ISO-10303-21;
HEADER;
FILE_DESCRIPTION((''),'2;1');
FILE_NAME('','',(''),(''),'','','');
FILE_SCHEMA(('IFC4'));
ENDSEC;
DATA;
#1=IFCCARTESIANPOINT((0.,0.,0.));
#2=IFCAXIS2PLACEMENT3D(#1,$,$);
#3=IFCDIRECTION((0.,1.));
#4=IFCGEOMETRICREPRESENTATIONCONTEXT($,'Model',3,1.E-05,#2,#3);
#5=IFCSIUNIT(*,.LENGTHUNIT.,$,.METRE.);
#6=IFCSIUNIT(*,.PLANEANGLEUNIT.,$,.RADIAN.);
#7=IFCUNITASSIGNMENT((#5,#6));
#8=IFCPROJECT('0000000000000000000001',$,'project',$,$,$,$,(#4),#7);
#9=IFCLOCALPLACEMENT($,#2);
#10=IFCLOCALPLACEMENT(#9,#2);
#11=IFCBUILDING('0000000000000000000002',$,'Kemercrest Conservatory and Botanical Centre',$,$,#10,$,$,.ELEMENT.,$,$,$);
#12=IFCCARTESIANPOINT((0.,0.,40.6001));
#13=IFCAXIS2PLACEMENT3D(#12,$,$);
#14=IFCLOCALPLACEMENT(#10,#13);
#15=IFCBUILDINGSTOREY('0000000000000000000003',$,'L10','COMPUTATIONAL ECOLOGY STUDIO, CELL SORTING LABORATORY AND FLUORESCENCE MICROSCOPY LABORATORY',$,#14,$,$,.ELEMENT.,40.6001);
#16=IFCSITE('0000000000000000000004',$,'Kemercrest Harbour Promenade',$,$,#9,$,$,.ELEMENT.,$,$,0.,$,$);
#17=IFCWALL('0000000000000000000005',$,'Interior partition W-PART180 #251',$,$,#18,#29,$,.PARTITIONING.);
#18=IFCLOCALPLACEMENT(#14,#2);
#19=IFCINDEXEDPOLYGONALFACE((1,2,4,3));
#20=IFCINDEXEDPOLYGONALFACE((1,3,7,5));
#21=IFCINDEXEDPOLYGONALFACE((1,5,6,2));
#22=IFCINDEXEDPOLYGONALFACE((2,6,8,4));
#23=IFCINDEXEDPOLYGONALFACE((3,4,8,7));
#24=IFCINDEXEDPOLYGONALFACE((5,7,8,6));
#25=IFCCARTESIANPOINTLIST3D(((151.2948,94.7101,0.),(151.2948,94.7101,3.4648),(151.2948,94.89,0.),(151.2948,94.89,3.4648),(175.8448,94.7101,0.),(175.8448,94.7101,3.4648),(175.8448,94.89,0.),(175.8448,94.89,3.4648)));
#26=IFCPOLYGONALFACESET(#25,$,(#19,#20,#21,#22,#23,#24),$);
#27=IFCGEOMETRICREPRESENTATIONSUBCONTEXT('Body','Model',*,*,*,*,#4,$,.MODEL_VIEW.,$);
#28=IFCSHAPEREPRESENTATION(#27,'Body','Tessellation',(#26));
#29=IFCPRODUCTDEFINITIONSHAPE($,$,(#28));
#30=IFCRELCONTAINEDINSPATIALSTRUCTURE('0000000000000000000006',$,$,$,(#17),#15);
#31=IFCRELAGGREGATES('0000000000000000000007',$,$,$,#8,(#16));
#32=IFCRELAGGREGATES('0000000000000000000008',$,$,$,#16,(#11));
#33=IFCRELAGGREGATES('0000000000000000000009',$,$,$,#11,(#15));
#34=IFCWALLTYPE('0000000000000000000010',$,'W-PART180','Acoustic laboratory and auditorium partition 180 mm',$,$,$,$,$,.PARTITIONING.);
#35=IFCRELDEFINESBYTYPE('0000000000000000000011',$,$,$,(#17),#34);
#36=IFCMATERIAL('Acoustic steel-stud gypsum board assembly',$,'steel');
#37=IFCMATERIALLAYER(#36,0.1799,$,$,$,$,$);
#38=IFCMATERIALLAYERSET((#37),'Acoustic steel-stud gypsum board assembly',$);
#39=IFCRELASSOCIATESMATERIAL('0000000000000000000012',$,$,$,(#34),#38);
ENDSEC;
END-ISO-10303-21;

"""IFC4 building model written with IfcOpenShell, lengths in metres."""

from ifc_helpers import new_model, si_unit, direction, frame, frame_2d, origin, place, context, subcontext, project, spatial, rectangle, extrude, material, layer, layer_set, type_object, element, save


model = new_model("IFC4")

# Units and contexts
model_context = context("Model", 3, precision=1e-05, world=origin(), true_north=direction((0.0, 1.0)))
body_context = subcontext(model_context, "Body", "Model", "MODEL_VIEW")
ifc_project = project(units=[si_unit("LENGTHUNIT", "METRE"), si_unit("PLANEANGLEUNIT", "RADIAN")], contexts=[model_context])

# Site, building, storey
site_placement = place(None, origin())
site = spatial("IfcSite", under=ifc_project, at=site_placement, Name="Kemercrest Harbour Promenade", CompositionType="ELEMENT", RefElevation=0.0)
building_placement = place(site_placement, origin())
building = spatial("IfcBuilding", under=site, at=building_placement, Name="Kemercrest Conservatory and Botanical Centre", CompositionType="ELEMENT")
storey_placement = place(building_placement, frame((0.0, 0.0, 40.6001)))
storey = spatial("IfcBuildingStorey", under=building, at=storey_placement, Name="L10", Description="COMPUTATIONAL ECOLOGY STUDIO, CELL SORTING LABORATORY AND FLUORESCENCE MICROSCOPY LABORATORY", CompositionType="ELEMENT", Elevation=40.6001)

# Shared definitions
ifc_material_1 = material(Name="Acoustic steel-stud gypsum board assembly", Category="steel")
ifc_layer_1 = layer(ifc_material_1, 0.1799)
ifc_layer_set_1 = layer_set([ifc_layer_1], Name="Acoustic steel-stud gypsum board assembly")
wall_type = type_object("IfcWallType", Name="W-PART180", Description="Acoustic laboratory and auditorium partition 180 mm", PredefinedType="PARTITIONING", material=ifc_layer_set_1)

# Wall
wall_1_placement = place(storey_placement, frame((151.2949, 94.8, 0.0), z_axis=(0.0, 0.0, 1.0), x_axis=(1.0, 0.0, 0.0)))
element("IfcWall", 1, at=wall_1_placement, inside=storey, type_object=wall_type, Name="Interior partition W-PART180 #251", PredefinedType="PARTITIONING", context=body_context, shape_type="SweptSolid", body=[
    extrude(rectangle(XDim=24.55, YDim=0.1799, at=frame_2d((12.2749, 0.0))), origin(), (0.0, 0.0, 1.0), 3.4648),
])

save(model, "model.ifc")
